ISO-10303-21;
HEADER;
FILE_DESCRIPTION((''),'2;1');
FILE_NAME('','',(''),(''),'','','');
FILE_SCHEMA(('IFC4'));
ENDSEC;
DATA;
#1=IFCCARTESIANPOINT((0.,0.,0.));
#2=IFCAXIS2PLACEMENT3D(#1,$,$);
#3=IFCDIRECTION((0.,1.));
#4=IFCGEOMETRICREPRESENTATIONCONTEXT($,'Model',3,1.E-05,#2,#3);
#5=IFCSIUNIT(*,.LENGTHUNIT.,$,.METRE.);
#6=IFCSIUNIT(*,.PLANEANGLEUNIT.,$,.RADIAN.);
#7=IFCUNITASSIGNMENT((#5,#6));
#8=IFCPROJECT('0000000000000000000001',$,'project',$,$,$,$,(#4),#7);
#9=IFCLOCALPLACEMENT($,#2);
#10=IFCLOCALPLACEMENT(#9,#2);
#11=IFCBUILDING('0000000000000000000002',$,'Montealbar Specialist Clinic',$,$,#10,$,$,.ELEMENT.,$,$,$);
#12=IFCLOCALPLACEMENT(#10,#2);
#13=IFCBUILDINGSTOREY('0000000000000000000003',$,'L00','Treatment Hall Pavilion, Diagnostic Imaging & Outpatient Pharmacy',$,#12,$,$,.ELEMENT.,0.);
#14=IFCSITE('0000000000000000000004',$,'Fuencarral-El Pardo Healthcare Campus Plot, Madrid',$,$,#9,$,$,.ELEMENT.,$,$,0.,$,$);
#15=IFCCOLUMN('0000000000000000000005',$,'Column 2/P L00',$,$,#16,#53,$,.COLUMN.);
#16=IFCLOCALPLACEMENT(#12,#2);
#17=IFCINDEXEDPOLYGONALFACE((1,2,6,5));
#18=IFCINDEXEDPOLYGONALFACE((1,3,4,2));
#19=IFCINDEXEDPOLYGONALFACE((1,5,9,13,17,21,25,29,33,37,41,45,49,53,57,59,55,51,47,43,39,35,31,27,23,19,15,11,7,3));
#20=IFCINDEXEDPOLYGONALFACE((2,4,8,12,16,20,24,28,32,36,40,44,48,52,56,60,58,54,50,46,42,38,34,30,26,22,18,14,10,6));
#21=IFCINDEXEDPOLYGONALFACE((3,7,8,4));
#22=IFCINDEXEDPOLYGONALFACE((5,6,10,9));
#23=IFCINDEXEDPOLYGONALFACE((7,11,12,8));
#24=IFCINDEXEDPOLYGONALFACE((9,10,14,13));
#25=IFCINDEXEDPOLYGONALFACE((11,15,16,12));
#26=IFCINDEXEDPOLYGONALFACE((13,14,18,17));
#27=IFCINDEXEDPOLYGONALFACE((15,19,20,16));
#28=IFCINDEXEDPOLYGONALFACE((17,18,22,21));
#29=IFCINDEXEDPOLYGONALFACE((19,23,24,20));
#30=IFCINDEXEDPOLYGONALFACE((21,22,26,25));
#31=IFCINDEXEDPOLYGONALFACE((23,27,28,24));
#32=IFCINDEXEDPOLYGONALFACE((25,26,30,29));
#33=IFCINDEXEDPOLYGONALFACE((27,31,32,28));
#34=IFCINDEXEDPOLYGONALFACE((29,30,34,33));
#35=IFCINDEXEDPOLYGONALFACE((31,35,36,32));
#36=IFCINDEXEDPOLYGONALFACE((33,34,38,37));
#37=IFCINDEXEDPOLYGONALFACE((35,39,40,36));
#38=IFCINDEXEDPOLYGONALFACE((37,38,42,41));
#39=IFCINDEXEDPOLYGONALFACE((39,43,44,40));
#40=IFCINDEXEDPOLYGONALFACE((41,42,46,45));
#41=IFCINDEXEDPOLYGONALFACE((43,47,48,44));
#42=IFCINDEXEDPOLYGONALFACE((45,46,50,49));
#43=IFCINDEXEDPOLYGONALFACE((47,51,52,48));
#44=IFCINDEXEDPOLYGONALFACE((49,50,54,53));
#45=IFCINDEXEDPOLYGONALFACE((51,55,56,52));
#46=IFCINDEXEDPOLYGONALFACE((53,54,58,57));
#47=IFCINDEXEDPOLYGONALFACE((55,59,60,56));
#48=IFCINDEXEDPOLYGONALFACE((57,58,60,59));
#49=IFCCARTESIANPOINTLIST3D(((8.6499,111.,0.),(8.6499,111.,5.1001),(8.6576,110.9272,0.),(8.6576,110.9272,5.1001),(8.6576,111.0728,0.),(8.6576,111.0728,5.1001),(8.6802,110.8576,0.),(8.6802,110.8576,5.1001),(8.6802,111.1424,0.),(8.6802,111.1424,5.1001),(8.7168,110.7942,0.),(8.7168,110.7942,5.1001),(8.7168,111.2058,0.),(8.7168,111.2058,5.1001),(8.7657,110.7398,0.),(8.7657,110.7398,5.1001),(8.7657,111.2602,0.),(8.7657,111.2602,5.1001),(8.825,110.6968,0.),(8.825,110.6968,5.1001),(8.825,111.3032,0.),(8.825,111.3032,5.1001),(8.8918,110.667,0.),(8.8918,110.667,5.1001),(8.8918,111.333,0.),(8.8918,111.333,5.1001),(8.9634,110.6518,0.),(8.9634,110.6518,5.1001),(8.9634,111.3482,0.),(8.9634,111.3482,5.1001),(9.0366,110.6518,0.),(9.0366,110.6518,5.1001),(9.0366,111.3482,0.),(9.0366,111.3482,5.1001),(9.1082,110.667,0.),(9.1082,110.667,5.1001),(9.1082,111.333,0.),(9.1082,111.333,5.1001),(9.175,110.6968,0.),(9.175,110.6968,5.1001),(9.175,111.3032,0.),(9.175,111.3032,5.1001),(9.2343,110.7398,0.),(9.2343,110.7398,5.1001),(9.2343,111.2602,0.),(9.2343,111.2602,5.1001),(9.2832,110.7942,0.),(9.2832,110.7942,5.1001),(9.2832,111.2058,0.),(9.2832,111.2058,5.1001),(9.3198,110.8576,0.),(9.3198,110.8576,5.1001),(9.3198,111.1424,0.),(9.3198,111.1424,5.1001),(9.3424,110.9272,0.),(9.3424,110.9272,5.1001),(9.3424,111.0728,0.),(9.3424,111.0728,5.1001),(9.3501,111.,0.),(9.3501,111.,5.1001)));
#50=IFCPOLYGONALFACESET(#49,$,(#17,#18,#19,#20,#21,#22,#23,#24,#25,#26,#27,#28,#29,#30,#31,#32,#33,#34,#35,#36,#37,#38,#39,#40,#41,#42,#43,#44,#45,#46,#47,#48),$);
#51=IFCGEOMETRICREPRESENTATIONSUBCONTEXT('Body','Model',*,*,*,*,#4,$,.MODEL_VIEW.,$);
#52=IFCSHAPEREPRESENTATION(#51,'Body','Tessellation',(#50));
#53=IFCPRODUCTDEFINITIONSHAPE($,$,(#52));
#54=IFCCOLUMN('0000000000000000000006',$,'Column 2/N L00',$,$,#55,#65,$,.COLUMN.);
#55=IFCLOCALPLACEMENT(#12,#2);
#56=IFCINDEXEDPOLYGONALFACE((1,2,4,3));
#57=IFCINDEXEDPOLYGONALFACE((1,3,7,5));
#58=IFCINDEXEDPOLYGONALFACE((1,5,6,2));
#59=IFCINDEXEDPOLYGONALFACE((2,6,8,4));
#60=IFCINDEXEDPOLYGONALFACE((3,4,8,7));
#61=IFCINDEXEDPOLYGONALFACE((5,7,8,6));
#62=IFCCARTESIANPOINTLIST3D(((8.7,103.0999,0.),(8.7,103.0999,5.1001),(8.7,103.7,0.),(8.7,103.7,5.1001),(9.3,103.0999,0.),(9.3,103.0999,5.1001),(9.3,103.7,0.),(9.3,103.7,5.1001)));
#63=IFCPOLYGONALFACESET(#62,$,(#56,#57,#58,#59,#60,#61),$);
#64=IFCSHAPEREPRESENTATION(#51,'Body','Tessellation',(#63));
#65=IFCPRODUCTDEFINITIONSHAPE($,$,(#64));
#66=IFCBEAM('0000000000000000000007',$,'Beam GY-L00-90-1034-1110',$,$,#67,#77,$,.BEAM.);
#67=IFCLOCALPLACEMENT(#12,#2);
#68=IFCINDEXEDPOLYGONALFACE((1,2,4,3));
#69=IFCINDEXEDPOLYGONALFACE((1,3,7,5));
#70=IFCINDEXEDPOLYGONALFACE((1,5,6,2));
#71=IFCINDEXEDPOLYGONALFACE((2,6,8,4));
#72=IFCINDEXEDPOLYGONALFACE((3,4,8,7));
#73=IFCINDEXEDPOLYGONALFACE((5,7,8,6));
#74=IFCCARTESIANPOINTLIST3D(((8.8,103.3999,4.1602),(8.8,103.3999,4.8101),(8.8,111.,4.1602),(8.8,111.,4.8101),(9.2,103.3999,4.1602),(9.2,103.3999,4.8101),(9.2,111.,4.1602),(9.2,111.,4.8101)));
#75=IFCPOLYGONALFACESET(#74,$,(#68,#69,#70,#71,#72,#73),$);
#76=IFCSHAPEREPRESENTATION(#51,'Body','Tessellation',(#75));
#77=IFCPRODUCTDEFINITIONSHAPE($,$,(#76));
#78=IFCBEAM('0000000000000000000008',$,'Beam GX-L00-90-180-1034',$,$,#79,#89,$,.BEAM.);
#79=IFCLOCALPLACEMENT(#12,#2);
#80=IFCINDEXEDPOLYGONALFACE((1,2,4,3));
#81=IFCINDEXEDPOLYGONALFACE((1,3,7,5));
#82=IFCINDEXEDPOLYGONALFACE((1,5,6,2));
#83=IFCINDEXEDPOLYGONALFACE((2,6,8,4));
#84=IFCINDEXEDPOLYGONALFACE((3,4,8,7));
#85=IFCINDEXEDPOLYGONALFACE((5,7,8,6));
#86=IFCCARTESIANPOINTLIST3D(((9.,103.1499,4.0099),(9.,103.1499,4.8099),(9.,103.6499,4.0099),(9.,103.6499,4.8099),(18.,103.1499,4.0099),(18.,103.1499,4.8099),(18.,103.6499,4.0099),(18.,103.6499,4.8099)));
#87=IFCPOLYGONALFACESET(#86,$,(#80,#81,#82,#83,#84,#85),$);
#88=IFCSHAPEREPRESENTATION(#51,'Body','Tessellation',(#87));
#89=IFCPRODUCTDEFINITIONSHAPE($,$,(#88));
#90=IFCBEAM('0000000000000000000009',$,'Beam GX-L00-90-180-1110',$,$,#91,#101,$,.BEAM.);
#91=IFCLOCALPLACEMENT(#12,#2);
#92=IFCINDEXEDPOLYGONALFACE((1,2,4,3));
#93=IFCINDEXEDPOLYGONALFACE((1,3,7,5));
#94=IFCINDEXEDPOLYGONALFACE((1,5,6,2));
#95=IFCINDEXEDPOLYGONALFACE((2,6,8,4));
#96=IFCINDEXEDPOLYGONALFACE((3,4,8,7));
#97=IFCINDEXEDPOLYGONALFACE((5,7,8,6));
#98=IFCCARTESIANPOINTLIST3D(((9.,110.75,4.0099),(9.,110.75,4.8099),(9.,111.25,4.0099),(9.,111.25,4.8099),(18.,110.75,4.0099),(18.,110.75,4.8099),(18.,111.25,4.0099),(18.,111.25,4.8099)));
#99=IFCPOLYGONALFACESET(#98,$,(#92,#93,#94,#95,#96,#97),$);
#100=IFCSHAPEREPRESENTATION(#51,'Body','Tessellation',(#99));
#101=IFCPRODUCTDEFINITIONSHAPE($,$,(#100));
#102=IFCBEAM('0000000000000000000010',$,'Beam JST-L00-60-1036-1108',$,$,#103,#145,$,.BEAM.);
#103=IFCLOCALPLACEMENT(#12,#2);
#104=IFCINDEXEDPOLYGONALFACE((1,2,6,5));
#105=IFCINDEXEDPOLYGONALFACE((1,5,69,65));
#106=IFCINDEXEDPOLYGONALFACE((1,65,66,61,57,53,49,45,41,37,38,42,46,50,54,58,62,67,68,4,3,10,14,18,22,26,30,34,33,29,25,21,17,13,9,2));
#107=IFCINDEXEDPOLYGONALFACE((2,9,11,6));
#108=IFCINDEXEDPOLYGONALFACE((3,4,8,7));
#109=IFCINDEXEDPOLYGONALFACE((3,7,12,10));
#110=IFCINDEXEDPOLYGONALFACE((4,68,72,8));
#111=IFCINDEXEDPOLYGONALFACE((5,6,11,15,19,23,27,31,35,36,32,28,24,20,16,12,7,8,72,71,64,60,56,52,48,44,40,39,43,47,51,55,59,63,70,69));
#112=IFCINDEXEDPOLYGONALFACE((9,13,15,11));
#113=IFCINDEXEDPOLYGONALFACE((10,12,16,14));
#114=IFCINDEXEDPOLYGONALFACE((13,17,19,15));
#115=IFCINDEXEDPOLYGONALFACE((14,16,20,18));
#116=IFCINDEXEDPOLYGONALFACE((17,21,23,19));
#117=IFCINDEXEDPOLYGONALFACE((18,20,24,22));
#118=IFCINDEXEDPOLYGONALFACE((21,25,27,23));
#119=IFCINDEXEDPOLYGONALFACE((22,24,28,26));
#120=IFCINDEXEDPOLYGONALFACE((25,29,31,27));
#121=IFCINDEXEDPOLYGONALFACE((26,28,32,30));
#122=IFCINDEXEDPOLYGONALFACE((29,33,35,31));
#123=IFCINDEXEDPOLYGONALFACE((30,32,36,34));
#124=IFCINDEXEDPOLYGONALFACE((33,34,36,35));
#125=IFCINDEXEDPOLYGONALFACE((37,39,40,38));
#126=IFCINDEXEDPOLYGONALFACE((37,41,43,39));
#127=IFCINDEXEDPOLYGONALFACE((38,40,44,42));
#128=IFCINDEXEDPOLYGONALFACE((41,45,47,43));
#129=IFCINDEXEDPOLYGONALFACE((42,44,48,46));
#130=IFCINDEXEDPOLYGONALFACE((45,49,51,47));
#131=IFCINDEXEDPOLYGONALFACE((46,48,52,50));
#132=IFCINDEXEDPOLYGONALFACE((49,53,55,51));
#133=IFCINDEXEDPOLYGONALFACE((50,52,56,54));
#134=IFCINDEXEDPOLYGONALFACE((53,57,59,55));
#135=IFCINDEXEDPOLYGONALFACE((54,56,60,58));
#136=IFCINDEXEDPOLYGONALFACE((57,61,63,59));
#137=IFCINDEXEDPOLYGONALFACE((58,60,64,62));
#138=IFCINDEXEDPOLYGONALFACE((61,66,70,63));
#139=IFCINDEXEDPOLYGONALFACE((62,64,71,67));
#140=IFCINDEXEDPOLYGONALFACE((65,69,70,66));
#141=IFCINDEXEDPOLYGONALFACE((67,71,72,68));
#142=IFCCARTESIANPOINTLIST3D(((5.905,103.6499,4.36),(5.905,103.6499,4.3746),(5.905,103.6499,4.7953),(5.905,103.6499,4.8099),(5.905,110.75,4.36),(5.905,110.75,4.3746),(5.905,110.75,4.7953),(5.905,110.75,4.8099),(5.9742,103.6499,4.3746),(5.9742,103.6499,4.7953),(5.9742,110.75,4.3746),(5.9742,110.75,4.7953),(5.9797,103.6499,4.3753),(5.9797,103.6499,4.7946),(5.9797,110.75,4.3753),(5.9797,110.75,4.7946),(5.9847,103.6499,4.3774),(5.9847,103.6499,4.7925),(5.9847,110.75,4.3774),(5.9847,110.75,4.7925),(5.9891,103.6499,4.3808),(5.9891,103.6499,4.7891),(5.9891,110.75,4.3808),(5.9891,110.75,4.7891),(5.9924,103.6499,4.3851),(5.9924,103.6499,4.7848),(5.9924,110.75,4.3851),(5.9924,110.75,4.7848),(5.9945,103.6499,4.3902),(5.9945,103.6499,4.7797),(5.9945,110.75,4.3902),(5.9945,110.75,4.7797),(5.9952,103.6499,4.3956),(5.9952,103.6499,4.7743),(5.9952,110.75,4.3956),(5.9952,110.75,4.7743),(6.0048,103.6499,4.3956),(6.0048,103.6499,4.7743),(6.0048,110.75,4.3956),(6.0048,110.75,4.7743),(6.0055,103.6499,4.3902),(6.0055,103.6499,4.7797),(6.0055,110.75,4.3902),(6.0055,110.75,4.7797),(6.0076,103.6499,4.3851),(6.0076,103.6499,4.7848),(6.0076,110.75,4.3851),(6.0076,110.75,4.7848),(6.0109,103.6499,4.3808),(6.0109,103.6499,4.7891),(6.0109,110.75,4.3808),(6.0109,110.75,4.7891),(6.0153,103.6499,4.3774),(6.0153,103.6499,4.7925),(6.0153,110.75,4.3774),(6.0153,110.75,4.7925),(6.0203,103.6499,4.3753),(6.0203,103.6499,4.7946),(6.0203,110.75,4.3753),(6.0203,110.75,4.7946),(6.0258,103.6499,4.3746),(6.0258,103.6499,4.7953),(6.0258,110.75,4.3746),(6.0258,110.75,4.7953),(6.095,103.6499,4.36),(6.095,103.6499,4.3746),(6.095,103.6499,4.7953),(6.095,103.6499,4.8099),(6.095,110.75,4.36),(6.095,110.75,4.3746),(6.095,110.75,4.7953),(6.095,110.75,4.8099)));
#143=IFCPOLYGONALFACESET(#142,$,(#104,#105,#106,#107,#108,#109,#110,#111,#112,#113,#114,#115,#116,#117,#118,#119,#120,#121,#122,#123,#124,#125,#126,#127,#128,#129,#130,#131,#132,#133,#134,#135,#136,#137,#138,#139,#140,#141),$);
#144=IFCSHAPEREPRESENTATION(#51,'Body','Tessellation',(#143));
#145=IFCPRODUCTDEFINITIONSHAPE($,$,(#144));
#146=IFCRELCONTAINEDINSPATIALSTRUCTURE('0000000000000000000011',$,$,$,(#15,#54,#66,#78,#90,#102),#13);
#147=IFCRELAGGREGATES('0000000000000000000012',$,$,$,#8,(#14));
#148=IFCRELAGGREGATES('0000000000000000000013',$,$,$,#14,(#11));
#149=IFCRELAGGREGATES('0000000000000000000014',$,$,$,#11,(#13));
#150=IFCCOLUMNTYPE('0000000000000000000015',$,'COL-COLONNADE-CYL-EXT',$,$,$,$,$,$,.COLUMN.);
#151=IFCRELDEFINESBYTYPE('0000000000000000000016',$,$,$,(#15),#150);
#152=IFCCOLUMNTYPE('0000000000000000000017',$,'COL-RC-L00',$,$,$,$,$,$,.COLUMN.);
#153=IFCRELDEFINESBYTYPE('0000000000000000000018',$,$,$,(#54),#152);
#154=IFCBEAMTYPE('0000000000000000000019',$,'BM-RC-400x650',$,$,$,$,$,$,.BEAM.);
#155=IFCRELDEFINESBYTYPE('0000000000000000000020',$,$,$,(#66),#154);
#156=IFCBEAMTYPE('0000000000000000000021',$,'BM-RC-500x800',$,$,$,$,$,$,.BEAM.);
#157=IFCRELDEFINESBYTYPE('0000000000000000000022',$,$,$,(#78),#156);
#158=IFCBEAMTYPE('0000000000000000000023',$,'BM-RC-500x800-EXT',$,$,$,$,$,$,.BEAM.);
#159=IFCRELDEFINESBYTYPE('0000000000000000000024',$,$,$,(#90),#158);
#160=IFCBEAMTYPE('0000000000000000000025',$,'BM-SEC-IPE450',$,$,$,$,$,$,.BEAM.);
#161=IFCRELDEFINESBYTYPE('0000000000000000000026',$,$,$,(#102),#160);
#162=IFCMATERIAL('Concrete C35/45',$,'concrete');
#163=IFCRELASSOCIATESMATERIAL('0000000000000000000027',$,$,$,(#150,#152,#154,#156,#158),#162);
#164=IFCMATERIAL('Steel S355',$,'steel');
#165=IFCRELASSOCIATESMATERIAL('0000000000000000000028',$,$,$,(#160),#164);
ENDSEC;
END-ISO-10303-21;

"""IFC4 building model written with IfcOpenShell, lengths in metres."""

from ifc_helpers import new_model, si_unit, direction, frame, origin, origin_2d, place, context, subcontext, project, spatial, rectangle, circle, i_section, extrude, material, material_profile, profile_set, type_object, element, save


model = new_model("IFC4")

# Units and contexts
model_context = context("Model", 3, precision=1e-05, world=origin(), true_north=direction((0.0, 1.0)))
body_context = subcontext(model_context, "Body", "Model", "MODEL_VIEW")
ifc_project = project(units=[si_unit("LENGTHUNIT", "METRE"), si_unit("PLANEANGLEUNIT", "RADIAN")], contexts=[model_context])

# Site, building, storey
site_placement = place(None, origin())
site = spatial("IfcSite", under=ifc_project, at=site_placement, Name="Fuencarral-El Pardo Healthcare Campus Plot, Madrid", CompositionType="ELEMENT", RefElevation=0.0)
building_placement = place(site_placement, origin())
building = spatial("IfcBuilding", under=site, at=building_placement, Name="Montealbar Specialist Clinic", CompositionType="ELEMENT")
storey_placement = place(building_placement, origin())
storey = spatial("IfcBuildingStorey", under=building, at=storey_placement, Name="L00", Description="Treatment Hall Pavilion, Diagnostic Imaging & Outpatient Pharmacy", CompositionType="ELEMENT", Elevation=0.0)

# Columns
ifc_material_1 = material(Name="Concrete C35/45", Category="concrete")
ifc_material_profile_1 = material_profile(ifc_material_1, circle(Radius=0.3501, at=origin_2d()), Name="RC D700", Category="concrete")
ifc_profile_set_1 = profile_set([ifc_material_profile_1], Name="Concrete C35/45")
column_type_1 = type_object("IfcColumnType", Name="COL-COLONNADE-CYL-EXT", PredefinedType="COLUMN", material=ifc_profile_set_1)
column_1_placement = place(storey_placement, frame((9.0, 111.0, 0.0), z_axis=(0.0, 0.0, 1.0), x_axis=(1.0, 0.0, 0.0)))
element("IfcColumn", 1, at=column_1_placement, inside=storey, type_object=column_type_1, Name="Column 2/P L00", PredefinedType="COLUMN", context=body_context, shape_type="SweptSolid", body=[
    extrude(circle(Radius=0.3501, at=origin_2d()), origin(), (0.0, 0.0, 1.0), 5.1001),
])
ifc_material_profile_2 = material_profile(ifc_material_1, rectangle(XDim=0.6001, YDim=0.6001, at=origin_2d()), Name="RC 600x600", Category="concrete")
ifc_profile_set_2 = profile_set([ifc_material_profile_2], Name="Concrete C35/45")
column_type_2 = type_object("IfcColumnType", Name="COL-RC-L00", PredefinedType="COLUMN", material=ifc_profile_set_2)
column_2_placement = place(storey_placement, frame((9.0, 103.3999, 0.0), z_axis=(0.0, 0.0, 1.0), x_axis=(1.0, 0.0, 0.0)))
element("IfcColumn", 2, at=column_2_placement, inside=storey, type_object=column_type_2, Name="Column 2/N L00", PredefinedType="COLUMN", context=body_context, shape_type="SweptSolid", body=[
    extrude(rectangle(XDim=0.6001, YDim=0.6001, at=origin_2d()), origin(), (0.0, 0.0, 1.0), 5.1001),
])

# Beams
ifc_material_profile_3 = material_profile(ifc_material_1, rectangle(XDim=0.3999, YDim=0.6499, at=origin_2d()), Name="RC 400x650", Category="concrete")
ifc_profile_set_3 = profile_set([ifc_material_profile_3], Name="Concrete C35/45")
beam_type_1 = type_object("IfcBeamType", Name="BM-RC-400x650", PredefinedType="BEAM", material=ifc_profile_set_3)
beam_1_placement = place(storey_placement, frame((9.0, 103.3999, 4.4851), z_axis=(0.0, 1.0, 0.0), x_axis=(-1.0, 0.0, 0.0)))
element("IfcBeam", 3, at=beam_1_placement, inside=storey, type_object=beam_type_1, Name="Beam GY-L00-90-1034-1110", PredefinedType="BEAM", context=body_context, shape_type="SweptSolid", body=[
    extrude(rectangle(XDim=0.3999, YDim=0.6499, at=origin_2d()), origin(), (0.0, 0.0, 1.0), 7.6001),
])
ifc_material_profile_4 = material_profile(ifc_material_1, rectangle(XDim=0.5, YDim=0.8, at=origin_2d()), Name="RC 500x800", Category="concrete")
ifc_profile_set_4 = profile_set([ifc_material_profile_4], Name="Concrete C35/45")
beam_type_2 = type_object("IfcBeamType", Name="BM-RC-500x800", PredefinedType="BEAM", material=ifc_profile_set_4)
beam_2_placement = place(storey_placement, frame((9.0, 103.3999, 4.4099), z_axis=(1.0, 0.0, 0.0), x_axis=(0.0, 1.0, 0.0)))
element("IfcBeam", 4, at=beam_2_placement, inside=storey, type_object=beam_type_2, Name="Beam GX-L00-90-180-1034", PredefinedType="BEAM", context=body_context, shape_type="SweptSolid", body=[
    extrude(rectangle(XDim=0.5, YDim=0.8, at=origin_2d()), origin(), (0.0, 0.0, 1.0), 9.0),
])
ifc_material_profile_5 = material_profile(ifc_material_1, rectangle(XDim=0.5, YDim=0.8, at=origin_2d()), Name="RC 500x800", Category="concrete")
ifc_profile_set_5 = profile_set([ifc_material_profile_5], Name="Concrete C35/45")
beam_type_3 = type_object("IfcBeamType", Name="BM-RC-500x800-EXT", PredefinedType="BEAM", material=ifc_profile_set_5)
beam_3_placement = place(storey_placement, frame((9.0, 111.0, 4.4099), z_axis=(1.0, 0.0, 0.0), x_axis=(0.0, 1.0, 0.0)))
element("IfcBeam", 5, at=beam_3_placement, inside=storey, type_object=beam_type_3, Name="Beam GX-L00-90-180-1110", PredefinedType="BEAM", context=body_context, shape_type="SweptSolid", body=[
    extrude(rectangle(XDim=0.5, YDim=0.8, at=origin_2d()), origin(), (0.0, 0.0, 1.0), 9.0),
])
ifc_material_2 = material(Name="Steel S355", Category="steel")
ifc_material_profile_6 = material_profile(ifc_material_2, i_section(OverallWidth=0.1899, OverallDepth=0.45, WebThickness=0.0095, FlangeThickness=0.0146, FilletRadius=0.021, at=origin_2d()), Name="IPE 450", Category="steel")
ifc_profile_set_6 = profile_set([ifc_material_profile_6], Name="Steel S355")
beam_type_4 = type_object("IfcBeamType", Name="BM-SEC-IPE450", PredefinedType="BEAM", material=ifc_profile_set_6)
beam_4_placement = place(storey_placement, frame((6.0, 103.6499, 4.585), z_axis=(0.0, 1.0, 0.0), x_axis=(-1.0, 0.0, 0.0)))
element("IfcBeam", 6, at=beam_4_placement, inside=storey, type_object=beam_type_4, Name="Beam JST-L00-60-1036-1108", PredefinedType="BEAM", context=body_context, shape_type="SweptSolid", body=[
    extrude(i_section(OverallWidth=0.1899, OverallDepth=0.45, WebThickness=0.0095, FlangeThickness=0.0146, FilletRadius=0.021, at=origin_2d()), origin(), (0.0, 0.0, 1.0), 7.1001),
])

save(model, "model.ifc")
